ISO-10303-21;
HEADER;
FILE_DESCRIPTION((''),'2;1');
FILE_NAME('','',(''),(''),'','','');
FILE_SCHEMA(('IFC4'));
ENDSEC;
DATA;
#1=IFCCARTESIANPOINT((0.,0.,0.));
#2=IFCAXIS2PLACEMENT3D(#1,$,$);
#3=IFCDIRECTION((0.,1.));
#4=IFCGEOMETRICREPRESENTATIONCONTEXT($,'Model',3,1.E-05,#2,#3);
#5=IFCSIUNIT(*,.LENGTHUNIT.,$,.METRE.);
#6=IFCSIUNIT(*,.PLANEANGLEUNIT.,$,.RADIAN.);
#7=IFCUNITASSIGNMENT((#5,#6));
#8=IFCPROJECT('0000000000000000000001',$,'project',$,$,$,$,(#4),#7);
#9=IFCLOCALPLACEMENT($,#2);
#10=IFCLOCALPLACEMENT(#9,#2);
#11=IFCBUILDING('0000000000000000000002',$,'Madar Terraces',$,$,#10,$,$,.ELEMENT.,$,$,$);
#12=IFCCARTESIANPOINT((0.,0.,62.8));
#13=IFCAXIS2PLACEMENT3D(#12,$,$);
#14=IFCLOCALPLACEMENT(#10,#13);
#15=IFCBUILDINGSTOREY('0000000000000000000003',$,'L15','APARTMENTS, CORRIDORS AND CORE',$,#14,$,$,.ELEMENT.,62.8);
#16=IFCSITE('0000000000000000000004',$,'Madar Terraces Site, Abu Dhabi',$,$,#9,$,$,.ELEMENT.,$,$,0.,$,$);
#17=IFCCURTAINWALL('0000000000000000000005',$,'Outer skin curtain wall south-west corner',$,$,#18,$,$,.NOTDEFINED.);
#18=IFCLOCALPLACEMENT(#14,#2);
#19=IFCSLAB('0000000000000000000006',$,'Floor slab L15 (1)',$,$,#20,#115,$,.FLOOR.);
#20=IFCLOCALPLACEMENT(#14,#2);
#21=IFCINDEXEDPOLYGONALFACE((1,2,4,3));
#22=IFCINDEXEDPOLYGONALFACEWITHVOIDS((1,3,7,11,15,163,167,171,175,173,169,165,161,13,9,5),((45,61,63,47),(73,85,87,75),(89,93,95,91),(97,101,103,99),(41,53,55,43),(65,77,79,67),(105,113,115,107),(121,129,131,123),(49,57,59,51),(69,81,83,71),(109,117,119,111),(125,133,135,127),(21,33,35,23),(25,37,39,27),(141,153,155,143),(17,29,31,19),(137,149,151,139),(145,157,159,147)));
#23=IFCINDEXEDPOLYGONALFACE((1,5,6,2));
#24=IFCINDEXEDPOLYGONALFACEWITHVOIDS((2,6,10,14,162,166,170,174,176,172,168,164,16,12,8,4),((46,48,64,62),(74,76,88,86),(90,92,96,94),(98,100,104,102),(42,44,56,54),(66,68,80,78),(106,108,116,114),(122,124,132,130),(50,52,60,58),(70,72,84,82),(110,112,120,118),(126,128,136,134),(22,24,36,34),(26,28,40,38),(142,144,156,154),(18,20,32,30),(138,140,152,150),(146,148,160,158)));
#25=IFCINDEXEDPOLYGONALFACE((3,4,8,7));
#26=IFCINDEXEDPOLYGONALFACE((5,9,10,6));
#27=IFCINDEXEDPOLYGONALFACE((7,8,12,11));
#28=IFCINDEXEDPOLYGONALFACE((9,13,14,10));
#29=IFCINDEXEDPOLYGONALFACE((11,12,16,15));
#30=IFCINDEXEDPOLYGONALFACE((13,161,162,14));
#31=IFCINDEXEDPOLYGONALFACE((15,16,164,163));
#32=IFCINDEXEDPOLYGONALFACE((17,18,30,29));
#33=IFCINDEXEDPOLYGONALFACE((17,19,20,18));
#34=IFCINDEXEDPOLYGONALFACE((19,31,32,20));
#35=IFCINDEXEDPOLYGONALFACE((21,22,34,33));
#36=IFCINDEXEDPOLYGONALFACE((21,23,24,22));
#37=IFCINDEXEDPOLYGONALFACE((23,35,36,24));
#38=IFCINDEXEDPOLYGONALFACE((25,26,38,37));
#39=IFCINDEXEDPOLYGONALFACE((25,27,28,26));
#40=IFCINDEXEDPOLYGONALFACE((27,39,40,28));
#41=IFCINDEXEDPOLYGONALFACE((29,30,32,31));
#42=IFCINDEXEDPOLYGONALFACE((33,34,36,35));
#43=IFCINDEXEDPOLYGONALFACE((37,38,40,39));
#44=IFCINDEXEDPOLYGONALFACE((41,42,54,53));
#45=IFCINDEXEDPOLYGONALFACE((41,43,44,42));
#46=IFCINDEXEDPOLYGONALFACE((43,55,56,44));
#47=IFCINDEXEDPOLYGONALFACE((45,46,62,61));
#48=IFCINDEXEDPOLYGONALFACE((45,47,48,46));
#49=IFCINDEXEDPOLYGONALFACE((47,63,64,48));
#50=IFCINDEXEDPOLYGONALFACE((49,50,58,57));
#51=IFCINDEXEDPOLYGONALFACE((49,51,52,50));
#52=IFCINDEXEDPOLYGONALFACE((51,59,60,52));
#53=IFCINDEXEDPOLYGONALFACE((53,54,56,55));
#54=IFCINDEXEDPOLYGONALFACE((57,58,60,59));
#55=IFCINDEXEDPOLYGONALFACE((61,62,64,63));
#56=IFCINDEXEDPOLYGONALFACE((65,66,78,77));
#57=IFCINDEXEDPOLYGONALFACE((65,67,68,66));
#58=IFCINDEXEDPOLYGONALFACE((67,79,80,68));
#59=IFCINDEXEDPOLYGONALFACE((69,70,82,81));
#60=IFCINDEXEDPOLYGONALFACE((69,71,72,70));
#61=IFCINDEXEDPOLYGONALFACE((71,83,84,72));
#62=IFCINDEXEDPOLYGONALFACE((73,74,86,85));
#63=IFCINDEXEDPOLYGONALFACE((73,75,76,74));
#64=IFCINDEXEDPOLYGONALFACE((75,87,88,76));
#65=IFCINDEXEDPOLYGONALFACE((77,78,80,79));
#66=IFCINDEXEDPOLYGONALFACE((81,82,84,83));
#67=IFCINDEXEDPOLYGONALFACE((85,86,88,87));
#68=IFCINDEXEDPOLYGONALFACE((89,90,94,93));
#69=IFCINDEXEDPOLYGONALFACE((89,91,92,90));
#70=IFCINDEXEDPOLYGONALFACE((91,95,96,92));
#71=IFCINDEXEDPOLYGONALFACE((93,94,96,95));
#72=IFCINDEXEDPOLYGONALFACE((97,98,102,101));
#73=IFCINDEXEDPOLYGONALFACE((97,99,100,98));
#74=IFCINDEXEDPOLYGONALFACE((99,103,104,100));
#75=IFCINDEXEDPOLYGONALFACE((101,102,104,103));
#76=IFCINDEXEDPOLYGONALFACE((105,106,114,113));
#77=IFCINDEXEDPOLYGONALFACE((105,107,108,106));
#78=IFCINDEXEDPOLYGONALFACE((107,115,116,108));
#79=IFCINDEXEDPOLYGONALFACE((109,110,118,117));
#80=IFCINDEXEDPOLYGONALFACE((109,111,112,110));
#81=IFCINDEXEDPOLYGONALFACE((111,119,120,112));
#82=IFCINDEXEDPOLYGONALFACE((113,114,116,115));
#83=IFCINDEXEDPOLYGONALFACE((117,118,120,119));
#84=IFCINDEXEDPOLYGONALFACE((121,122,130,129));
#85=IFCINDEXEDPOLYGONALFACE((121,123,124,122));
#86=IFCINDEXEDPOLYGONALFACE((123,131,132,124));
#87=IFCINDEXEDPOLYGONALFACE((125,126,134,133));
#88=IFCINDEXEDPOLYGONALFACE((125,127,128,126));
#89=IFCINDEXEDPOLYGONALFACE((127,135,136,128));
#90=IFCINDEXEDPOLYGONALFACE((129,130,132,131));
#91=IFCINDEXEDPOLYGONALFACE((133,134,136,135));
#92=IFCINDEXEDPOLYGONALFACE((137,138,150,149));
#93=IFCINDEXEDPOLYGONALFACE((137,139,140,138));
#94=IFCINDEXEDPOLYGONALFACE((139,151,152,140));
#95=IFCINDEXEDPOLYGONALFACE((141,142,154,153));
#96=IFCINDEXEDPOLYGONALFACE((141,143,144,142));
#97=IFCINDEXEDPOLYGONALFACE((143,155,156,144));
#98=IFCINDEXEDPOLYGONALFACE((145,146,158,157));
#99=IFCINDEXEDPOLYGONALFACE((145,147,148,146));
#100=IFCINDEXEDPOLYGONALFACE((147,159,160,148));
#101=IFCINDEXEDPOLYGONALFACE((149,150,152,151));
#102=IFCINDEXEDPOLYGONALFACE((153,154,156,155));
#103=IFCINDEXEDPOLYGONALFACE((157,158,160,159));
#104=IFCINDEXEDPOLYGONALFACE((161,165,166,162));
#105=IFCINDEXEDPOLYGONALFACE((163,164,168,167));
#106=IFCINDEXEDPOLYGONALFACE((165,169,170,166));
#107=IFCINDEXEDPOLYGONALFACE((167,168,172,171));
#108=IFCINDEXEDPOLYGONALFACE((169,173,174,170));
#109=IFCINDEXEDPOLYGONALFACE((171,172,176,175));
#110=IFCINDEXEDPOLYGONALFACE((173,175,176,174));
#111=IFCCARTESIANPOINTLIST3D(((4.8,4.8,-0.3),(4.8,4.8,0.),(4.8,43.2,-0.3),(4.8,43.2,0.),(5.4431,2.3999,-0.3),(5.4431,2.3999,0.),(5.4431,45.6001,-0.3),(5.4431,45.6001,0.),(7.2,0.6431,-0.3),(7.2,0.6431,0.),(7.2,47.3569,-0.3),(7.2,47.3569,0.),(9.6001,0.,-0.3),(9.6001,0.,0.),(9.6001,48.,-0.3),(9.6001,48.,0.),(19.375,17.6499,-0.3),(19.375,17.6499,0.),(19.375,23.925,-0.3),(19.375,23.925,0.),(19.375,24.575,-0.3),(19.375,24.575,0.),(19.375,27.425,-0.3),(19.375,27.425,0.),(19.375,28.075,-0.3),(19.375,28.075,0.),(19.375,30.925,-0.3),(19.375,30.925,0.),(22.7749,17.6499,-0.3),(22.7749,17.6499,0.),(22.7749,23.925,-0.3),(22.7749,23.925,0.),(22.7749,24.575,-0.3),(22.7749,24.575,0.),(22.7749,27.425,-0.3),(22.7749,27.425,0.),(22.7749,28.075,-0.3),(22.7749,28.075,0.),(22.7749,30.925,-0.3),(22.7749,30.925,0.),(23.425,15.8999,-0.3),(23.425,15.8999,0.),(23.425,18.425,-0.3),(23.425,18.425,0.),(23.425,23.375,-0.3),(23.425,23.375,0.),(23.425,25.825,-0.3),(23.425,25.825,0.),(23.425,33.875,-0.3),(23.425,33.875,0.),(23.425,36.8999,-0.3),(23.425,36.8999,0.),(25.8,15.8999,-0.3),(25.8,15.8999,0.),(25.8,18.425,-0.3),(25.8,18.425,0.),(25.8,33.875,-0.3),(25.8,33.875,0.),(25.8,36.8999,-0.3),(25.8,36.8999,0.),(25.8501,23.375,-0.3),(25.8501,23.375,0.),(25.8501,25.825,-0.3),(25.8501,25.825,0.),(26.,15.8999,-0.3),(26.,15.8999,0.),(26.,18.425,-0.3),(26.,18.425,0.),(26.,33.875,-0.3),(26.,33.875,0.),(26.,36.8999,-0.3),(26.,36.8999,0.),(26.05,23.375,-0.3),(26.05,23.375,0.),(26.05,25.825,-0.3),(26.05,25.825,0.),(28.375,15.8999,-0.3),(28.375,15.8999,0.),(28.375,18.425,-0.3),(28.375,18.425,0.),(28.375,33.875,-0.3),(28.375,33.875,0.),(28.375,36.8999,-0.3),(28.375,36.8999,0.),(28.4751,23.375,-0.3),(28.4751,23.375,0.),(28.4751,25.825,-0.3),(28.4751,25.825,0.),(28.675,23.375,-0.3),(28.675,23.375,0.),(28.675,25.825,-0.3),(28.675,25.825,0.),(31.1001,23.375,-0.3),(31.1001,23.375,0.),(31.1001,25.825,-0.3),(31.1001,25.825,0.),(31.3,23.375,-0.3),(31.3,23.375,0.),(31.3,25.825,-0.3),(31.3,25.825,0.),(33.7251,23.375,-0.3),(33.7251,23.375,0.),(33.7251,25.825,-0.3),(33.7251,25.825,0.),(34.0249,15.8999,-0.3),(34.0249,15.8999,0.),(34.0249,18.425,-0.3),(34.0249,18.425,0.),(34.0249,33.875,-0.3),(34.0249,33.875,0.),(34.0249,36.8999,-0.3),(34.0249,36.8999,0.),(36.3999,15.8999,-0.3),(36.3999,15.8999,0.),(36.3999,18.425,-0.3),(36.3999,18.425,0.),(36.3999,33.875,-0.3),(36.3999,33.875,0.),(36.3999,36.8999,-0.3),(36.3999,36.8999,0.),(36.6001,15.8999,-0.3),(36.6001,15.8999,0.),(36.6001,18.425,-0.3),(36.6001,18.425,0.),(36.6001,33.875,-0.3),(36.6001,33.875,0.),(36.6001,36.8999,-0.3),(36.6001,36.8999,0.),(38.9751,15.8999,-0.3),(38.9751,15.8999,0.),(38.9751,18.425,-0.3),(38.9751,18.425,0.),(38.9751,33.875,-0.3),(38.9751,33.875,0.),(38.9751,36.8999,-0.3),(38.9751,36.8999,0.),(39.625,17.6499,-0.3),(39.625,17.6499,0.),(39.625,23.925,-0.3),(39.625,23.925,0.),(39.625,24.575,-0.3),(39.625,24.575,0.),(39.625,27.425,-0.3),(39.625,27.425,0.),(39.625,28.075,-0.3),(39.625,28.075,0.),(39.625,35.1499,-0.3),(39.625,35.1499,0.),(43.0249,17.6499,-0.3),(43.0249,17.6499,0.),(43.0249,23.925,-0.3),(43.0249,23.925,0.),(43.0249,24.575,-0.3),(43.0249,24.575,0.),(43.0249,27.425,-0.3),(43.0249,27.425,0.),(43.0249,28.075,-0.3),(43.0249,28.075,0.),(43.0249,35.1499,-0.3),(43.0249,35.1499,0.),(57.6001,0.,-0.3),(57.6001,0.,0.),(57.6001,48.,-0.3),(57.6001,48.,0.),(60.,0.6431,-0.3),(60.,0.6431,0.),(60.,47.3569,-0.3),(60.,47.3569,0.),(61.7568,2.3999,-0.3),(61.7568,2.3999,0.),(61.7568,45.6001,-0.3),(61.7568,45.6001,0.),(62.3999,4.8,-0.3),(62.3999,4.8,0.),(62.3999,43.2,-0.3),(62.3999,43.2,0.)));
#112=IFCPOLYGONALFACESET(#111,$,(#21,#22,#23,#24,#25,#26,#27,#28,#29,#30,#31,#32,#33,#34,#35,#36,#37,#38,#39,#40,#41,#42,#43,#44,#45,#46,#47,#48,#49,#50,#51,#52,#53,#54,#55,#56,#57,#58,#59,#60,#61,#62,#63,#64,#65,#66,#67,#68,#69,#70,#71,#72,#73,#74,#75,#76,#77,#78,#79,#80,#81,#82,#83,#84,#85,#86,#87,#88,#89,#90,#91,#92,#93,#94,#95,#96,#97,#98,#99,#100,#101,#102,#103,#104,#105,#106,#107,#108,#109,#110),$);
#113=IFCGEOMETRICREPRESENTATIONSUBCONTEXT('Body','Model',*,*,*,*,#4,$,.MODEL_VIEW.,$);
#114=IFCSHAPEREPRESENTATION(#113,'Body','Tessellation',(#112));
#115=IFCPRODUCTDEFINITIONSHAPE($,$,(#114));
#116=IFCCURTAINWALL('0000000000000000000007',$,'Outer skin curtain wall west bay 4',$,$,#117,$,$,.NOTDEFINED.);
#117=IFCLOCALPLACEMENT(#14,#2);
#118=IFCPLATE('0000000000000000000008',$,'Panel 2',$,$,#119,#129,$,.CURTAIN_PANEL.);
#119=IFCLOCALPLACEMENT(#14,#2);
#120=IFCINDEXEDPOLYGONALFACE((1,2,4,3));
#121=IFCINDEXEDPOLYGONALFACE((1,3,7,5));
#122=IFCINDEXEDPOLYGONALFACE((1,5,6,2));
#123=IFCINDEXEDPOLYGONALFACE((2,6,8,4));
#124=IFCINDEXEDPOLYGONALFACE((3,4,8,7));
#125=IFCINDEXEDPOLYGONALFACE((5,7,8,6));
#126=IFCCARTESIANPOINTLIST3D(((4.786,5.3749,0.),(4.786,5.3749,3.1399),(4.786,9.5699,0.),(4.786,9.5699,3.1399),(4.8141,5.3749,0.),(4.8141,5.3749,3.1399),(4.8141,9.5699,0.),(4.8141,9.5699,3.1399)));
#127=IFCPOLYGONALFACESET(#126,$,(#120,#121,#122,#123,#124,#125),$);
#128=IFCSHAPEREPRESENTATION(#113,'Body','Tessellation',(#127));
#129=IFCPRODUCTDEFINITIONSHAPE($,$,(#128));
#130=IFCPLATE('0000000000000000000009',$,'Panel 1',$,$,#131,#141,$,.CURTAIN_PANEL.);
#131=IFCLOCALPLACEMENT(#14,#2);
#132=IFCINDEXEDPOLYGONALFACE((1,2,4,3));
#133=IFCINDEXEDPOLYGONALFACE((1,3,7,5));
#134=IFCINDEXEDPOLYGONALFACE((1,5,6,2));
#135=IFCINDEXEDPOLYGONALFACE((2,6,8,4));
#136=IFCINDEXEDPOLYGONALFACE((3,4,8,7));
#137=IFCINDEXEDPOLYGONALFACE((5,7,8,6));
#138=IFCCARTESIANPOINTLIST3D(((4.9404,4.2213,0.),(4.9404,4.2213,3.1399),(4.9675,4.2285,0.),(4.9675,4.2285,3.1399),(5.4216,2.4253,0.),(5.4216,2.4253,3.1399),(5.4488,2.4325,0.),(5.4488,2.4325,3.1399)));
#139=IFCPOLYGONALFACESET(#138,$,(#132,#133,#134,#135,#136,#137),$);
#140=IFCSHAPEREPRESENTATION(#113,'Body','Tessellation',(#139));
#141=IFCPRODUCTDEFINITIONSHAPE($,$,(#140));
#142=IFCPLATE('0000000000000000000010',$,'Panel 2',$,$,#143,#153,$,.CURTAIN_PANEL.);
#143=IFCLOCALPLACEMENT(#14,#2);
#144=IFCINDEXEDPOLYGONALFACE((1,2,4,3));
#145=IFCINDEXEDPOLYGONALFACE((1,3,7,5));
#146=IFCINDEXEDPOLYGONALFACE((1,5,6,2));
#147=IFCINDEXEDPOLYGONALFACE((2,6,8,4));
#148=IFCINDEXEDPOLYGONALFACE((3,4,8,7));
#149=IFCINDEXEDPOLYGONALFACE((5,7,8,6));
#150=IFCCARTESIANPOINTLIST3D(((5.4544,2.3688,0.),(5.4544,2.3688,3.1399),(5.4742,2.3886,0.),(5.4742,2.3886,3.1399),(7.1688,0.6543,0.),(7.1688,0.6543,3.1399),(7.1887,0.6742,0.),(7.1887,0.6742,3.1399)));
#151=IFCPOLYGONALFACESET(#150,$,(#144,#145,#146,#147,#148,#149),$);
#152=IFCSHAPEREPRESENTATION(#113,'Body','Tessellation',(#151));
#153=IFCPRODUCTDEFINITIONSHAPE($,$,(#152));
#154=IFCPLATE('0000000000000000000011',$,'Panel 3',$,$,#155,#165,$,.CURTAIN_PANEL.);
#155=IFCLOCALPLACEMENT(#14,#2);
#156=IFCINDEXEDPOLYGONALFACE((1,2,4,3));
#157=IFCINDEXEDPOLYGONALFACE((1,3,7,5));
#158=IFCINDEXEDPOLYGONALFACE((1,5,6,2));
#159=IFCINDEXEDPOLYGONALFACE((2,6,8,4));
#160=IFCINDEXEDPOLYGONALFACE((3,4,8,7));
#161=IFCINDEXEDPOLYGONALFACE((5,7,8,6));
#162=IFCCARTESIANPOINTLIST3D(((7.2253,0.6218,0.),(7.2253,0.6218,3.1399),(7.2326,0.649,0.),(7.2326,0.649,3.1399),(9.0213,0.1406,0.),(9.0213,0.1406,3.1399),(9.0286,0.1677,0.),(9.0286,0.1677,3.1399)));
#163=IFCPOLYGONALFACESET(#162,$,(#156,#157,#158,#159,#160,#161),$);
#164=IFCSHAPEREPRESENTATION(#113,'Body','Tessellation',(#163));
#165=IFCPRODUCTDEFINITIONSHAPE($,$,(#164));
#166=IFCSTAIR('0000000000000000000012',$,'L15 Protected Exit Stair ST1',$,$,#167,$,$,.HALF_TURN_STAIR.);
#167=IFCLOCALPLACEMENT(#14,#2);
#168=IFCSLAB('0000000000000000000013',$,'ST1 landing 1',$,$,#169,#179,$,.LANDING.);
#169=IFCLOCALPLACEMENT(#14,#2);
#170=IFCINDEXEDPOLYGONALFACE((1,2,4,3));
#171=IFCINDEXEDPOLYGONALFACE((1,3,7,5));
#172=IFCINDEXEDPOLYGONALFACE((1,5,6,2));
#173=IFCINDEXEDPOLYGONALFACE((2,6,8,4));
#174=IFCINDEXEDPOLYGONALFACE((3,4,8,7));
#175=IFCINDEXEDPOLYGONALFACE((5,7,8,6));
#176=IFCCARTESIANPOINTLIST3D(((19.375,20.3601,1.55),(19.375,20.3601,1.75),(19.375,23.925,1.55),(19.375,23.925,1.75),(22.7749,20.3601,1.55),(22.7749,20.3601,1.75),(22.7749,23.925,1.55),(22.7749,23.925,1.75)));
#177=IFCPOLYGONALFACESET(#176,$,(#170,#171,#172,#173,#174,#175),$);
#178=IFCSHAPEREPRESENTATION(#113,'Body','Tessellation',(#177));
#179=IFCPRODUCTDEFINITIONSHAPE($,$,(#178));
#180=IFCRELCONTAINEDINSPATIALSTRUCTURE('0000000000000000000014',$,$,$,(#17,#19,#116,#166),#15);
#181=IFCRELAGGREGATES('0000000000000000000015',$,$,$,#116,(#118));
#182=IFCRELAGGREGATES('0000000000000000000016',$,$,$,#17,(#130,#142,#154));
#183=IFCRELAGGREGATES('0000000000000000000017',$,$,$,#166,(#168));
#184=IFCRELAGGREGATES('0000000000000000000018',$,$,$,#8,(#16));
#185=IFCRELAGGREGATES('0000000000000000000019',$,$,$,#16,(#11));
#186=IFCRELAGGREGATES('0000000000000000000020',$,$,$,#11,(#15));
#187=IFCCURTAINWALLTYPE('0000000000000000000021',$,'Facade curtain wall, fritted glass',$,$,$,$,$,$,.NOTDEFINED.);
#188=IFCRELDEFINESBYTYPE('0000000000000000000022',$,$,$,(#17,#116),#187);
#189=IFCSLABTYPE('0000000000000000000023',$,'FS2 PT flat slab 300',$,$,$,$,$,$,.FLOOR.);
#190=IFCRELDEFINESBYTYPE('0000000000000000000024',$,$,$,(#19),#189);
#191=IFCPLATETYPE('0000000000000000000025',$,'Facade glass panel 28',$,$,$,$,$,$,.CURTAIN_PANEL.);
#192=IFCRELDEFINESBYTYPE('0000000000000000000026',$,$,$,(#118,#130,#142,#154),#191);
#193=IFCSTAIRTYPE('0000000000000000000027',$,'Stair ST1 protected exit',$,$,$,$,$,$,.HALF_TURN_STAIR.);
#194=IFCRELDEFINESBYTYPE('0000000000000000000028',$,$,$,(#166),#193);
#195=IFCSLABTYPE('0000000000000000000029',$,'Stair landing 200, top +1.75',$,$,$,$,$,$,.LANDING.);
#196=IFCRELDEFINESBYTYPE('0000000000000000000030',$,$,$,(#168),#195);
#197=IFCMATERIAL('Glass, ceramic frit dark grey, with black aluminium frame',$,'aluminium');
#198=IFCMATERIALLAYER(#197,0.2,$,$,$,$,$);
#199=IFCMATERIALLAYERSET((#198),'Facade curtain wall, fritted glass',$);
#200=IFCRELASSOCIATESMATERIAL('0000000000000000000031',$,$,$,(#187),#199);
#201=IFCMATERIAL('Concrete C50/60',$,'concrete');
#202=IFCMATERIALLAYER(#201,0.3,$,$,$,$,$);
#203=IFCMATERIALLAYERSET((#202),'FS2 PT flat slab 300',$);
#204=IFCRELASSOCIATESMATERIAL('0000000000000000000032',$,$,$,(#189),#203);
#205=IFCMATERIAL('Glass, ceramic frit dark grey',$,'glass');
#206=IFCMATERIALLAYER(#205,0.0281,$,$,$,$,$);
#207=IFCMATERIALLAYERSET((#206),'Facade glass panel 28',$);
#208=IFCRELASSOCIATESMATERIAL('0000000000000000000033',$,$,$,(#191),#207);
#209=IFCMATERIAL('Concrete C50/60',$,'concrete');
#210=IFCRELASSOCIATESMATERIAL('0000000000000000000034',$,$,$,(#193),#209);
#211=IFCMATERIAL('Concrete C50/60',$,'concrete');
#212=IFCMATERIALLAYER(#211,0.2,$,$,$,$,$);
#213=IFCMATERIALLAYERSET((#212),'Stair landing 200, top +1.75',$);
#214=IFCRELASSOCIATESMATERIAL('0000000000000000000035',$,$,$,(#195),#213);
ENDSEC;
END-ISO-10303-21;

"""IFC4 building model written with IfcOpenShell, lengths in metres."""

from ifc_helpers import new_model, si_unit, direction, frame, origin, origin_2d, place, context, subcontext, project, spatial, polyline, rectangle, outline, extrude, material, layer, layer_set, type_object, element, aggregate, save


model = new_model("IFC4")

# Units and contexts
model_context = context("Model", 3, precision=1e-05, world=origin(), true_north=direction((0.0, 1.0)))
body_context = subcontext(model_context, "Body", "Model", "MODEL_VIEW")
ifc_project = project(units=[si_unit("LENGTHUNIT", "METRE"), si_unit("PLANEANGLEUNIT", "RADIAN")], contexts=[model_context])

# Site, building, storey
site_placement = place(None, origin())
site = spatial("IfcSite", under=ifc_project, at=site_placement, Name="Madar Terraces Site, Abu Dhabi", CompositionType="ELEMENT", RefElevation=0.0)
building_placement = place(site_placement, origin())
building = spatial("IfcBuilding", under=site, at=building_placement, Name="Madar Terraces", CompositionType="ELEMENT")
storey_placement = place(building_placement, frame((0.0, 0.0, 62.8)))
storey = spatial("IfcBuildingStorey", under=building, at=storey_placement, Name="L15", Description="APARTMENTS, CORRIDORS AND CORE", CompositionType="ELEMENT", Elevation=62.8)

# Curtain wall
ifc_material_1 = material(Name="Glass, ceramic frit dark grey, with black aluminium frame", Category="aluminium")
ifc_layer_1 = layer(ifc_material_1, 0.2)
ifc_layer_set_1 = layer_set([ifc_layer_1], Name="Facade curtain wall, fritted glass")
curtain_wall_type = type_object("IfcCurtainWallType", Name="Facade curtain wall, fritted glass", PredefinedType="NOTDEFINED", material=ifc_layer_set_1)
curtain_wall_1_placement = place(storey_placement, origin())
curtain_wall_1 = element("IfcCurtainWall", 1, at=curtain_wall_1_placement, inside=storey, type_object=curtain_wall_type, Name="Outer skin curtain wall south-west corner", PredefinedType="NOTDEFINED")

# Slab
ifc_material_2 = material(Name="Concrete C50/60", Category="concrete")
ifc_layer_2 = layer(ifc_material_2, 0.3)
ifc_layer_set_2 = layer_set([ifc_layer_2], Name="FS2 PT flat slab 300")
slab_type_1 = type_object("IfcSlabType", Name="FS2 PT flat slab 300", PredefinedType="FLOOR", material=ifc_layer_set_2)
slab_1_placement = place(storey_placement, frame((0.0, 0.0, -0.3)))
element("IfcSlab", 2, at=slab_1_placement, inside=storey, type_object=slab_type_1, Name="Floor slab L15 (1)", PredefinedType="FLOOR", context=body_context, shape_type="SweptSolid", body=[
    extrude(outline(polyline([(57.6001, 0.0), (60.0, 0.6431), (61.7568, 2.3999), (62.3999, 4.8), (62.3999, 43.2), (61.7568, 45.6001), (60.0, 47.3569), (57.6001, 48.0), (9.6001, 48.0), (7.2, 47.3569), (5.4431, 45.6001), (4.8, 43.2), (4.8, 4.8), (5.4431, 2.3999), (7.2, 0.6431), (9.6001, 0.0), (57.6001, 0.0)]), holes=[polyline([(23.425, 15.8999), (23.425, 18.425), (25.8, 18.425), (25.8, 15.8999), (23.425, 15.8999)]), polyline([(26.0, 15.8999), (26.0, 18.425), (28.375, 18.425), (28.375, 15.8999), (26.0, 15.8999)]), polyline([(19.375, 17.6499), (19.375, 23.925), (22.7749, 23.925), (22.7749, 17.6499), (19.375, 17.6499)]), polyline([(23.425, 23.375), (23.425, 25.825), (25.8501, 25.825), (25.8501, 23.375), (23.425, 23.375)]), polyline([(26.05, 23.375), (26.05, 25.825), (28.4751, 25.825), (28.4751, 23.375), (26.05, 23.375)]), polyline([(19.375, 24.575), (19.375, 27.425), (22.7749, 27.425), (22.7749, 24.575), (19.375, 24.575)]), polyline([(19.375, 28.075), (19.375, 30.925), (22.7749, 30.925), (22.7749, 28.075), (19.375, 28.075)]), polyline([(23.425, 36.8999), (25.8, 36.8999), (25.8, 33.875), (23.425, 33.875), (23.425, 36.8999)]), polyline([(26.0, 36.8999), (28.375, 36.8999), (28.375, 33.875), (26.0, 33.875), (26.0, 36.8999)]), polyline([(34.0249, 15.8999), (34.0249, 18.425), (36.3999, 18.425), (36.3999, 15.8999), (34.0249, 15.8999)]), polyline([(36.6001, 15.8999), (36.6001, 18.425), (38.9751, 18.425), (38.9751, 15.8999), (36.6001, 15.8999)]), polyline([(39.625, 17.6499), (39.625, 23.925), (43.0249, 23.925), (43.0249, 17.6499), (39.625, 17.6499)]), polyline([(28.675, 23.375), (28.675, 25.825), (31.1001, 25.825), (31.1001, 23.375), (28.675, 23.375)]), polyline([(31.3, 23.375), (31.3, 25.825), (33.7251, 25.825), (33.7251, 23.375), (31.3, 23.375)]), polyline([(39.625, 24.575), (39.625, 27.425), (43.0249, 27.425), (43.0249, 24.575), (39.625, 24.575)]), polyline([(39.625, 28.075), (39.625, 35.1499), (43.0249, 35.1499), (43.0249, 28.075), (39.625, 28.075)]), polyline([(34.0249, 36.8999), (36.3999, 36.8999), (36.3999, 33.875), (34.0249, 33.875), (34.0249, 36.8999)]), polyline([(36.6001, 36.8999), (38.9751, 36.8999), (38.9751, 33.875), (36.6001, 33.875), (36.6001, 36.8999)])]), origin(), (0.0, 0.0, 1.0), 0.3),
])

# Curtain wall, plate
curtain_wall_2_placement = place(storey_placement, origin())
curtain_wall_2 = element("IfcCurtainWall", 3, at=curtain_wall_2_placement, inside=storey, type_object=curtain_wall_type, Name="Outer skin curtain wall west bay 4", PredefinedType="NOTDEFINED")
ifc_material_3 = material(Name="Glass, ceramic frit dark grey", Category="glass")
ifc_layer_3 = layer(ifc_material_3, 0.0281)
ifc_layer_set_3 = layer_set([ifc_layer_3], Name="Facade glass panel 28")
plate_type = type_object("IfcPlateType", Name="Facade glass panel 28", PredefinedType="CURTAIN_PANEL", material=ifc_layer_set_3)
plate_1_placement = place(storey_placement, frame((4.8, 7.4724, 0.0), z_axis=(0.0, 0.0, 1.0), x_axis=(0.0, -1.0, 0.0)))
plate_1 = element("IfcPlate", 4, at=plate_1_placement, type_object=plate_type, Name="Panel 2", PredefinedType="CURTAIN_PANEL", context=body_context, shape_type="SweptSolid", body=[
    extrude(rectangle(XDim=4.1951, YDim=0.0281, at=origin_2d()), origin(), (0.0, 0.0, 1.0), 3.1399),
])
aggregate(curtain_wall_2, [plate_1])

# Plates
plate_2_placement = place(storey_placement, frame((5.1946, 3.3269, 0.0), z_axis=(0.0, 0.0, 1.0), x_axis=(0.258819, -0.965926, 0.0)))
plate_2 = element("IfcPlate", 5, at=plate_2_placement, type_object=plate_type, Name="Panel 1", PredefinedType="CURTAIN_PANEL", context=body_context, shape_type="SweptSolid", body=[
    extrude(rectangle(XDim=1.8594, YDim=0.0281, at=origin_2d()), origin(), (0.0, 0.0, 1.0), 3.1399),
])
plate_3_placement = place(storey_placement, frame((6.3215, 1.5215, 0.0), z_axis=(0.0, 0.0, 1.0), x_axis=(0.707107, -0.707107, 0.0)))
plate_3 = element("IfcPlate", 6, at=plate_3_placement, type_object=plate_type, Name="Panel 2", PredefinedType="CURTAIN_PANEL", context=body_context, shape_type="SweptSolid", body=[
    extrude(rectangle(XDim=2.4246, YDim=0.0281, at=origin_2d()), origin(), (0.0, 0.0, 1.0), 3.1399),
])
plate_4_placement = place(storey_placement, frame((8.127, 0.3948, 0.0), z_axis=(0.0, 0.0, 1.0), x_axis=(0.965926, -0.258819, 0.0)))
plate_4 = element("IfcPlate", 7, at=plate_4_placement, type_object=plate_type, Name="Panel 3", PredefinedType="CURTAIN_PANEL", context=body_context, shape_type="SweptSolid", body=[
    extrude(rectangle(XDim=1.8594, YDim=0.0281, at=origin_2d()), origin(), (0.0, 0.0, 1.0), 3.1399),
])
aggregate(curtain_wall_1, [plate_2, plate_3, plate_4])

# Stair, slab
ifc_material_4 = material(Name="Concrete C50/60", Category="concrete")
stair_type_1 = type_object("IfcStairType", Name="Stair ST1 protected exit", PredefinedType="HALF_TURN_STAIR", material=ifc_material_4)
stair_1_placement = place(storey_placement, origin())
stair_1 = element("IfcStair", 8, at=stair_1_placement, inside=storey, type_object=stair_type_1, Name="L15 Protected Exit Stair ST1", PredefinedType="HALF_TURN_STAIR")
ifc_material_5 = material(Name="Concrete C50/60", Category="concrete")
ifc_layer_4 = layer(ifc_material_5, 0.2)
ifc_layer_set_4 = layer_set([ifc_layer_4], Name="Stair landing 200, top +1.75")
slab_type_2 = type_object("IfcSlabType", Name="Stair landing 200, top +1.75", PredefinedType="LANDING", material=ifc_layer_set_4)
slab_2_placement = place(storey_placement, frame((0.0, 0.0, 1.55)))
slab_2 = element("IfcSlab", 9, at=slab_2_placement, type_object=slab_type_2, Name="ST1 landing 1", PredefinedType="LANDING", context=body_context, shape_type="SweptSolid", body=[
    extrude(outline(polyline([(19.375, 20.3601), (22.7749, 20.3601), (22.7749, 23.925), (19.375, 23.925), (19.375, 20.3601)])), origin(), (0.0, 0.0, 1.0), 0.2),
])
aggregate(stair_1, [slab_2])

save(model, "model.ifc")
